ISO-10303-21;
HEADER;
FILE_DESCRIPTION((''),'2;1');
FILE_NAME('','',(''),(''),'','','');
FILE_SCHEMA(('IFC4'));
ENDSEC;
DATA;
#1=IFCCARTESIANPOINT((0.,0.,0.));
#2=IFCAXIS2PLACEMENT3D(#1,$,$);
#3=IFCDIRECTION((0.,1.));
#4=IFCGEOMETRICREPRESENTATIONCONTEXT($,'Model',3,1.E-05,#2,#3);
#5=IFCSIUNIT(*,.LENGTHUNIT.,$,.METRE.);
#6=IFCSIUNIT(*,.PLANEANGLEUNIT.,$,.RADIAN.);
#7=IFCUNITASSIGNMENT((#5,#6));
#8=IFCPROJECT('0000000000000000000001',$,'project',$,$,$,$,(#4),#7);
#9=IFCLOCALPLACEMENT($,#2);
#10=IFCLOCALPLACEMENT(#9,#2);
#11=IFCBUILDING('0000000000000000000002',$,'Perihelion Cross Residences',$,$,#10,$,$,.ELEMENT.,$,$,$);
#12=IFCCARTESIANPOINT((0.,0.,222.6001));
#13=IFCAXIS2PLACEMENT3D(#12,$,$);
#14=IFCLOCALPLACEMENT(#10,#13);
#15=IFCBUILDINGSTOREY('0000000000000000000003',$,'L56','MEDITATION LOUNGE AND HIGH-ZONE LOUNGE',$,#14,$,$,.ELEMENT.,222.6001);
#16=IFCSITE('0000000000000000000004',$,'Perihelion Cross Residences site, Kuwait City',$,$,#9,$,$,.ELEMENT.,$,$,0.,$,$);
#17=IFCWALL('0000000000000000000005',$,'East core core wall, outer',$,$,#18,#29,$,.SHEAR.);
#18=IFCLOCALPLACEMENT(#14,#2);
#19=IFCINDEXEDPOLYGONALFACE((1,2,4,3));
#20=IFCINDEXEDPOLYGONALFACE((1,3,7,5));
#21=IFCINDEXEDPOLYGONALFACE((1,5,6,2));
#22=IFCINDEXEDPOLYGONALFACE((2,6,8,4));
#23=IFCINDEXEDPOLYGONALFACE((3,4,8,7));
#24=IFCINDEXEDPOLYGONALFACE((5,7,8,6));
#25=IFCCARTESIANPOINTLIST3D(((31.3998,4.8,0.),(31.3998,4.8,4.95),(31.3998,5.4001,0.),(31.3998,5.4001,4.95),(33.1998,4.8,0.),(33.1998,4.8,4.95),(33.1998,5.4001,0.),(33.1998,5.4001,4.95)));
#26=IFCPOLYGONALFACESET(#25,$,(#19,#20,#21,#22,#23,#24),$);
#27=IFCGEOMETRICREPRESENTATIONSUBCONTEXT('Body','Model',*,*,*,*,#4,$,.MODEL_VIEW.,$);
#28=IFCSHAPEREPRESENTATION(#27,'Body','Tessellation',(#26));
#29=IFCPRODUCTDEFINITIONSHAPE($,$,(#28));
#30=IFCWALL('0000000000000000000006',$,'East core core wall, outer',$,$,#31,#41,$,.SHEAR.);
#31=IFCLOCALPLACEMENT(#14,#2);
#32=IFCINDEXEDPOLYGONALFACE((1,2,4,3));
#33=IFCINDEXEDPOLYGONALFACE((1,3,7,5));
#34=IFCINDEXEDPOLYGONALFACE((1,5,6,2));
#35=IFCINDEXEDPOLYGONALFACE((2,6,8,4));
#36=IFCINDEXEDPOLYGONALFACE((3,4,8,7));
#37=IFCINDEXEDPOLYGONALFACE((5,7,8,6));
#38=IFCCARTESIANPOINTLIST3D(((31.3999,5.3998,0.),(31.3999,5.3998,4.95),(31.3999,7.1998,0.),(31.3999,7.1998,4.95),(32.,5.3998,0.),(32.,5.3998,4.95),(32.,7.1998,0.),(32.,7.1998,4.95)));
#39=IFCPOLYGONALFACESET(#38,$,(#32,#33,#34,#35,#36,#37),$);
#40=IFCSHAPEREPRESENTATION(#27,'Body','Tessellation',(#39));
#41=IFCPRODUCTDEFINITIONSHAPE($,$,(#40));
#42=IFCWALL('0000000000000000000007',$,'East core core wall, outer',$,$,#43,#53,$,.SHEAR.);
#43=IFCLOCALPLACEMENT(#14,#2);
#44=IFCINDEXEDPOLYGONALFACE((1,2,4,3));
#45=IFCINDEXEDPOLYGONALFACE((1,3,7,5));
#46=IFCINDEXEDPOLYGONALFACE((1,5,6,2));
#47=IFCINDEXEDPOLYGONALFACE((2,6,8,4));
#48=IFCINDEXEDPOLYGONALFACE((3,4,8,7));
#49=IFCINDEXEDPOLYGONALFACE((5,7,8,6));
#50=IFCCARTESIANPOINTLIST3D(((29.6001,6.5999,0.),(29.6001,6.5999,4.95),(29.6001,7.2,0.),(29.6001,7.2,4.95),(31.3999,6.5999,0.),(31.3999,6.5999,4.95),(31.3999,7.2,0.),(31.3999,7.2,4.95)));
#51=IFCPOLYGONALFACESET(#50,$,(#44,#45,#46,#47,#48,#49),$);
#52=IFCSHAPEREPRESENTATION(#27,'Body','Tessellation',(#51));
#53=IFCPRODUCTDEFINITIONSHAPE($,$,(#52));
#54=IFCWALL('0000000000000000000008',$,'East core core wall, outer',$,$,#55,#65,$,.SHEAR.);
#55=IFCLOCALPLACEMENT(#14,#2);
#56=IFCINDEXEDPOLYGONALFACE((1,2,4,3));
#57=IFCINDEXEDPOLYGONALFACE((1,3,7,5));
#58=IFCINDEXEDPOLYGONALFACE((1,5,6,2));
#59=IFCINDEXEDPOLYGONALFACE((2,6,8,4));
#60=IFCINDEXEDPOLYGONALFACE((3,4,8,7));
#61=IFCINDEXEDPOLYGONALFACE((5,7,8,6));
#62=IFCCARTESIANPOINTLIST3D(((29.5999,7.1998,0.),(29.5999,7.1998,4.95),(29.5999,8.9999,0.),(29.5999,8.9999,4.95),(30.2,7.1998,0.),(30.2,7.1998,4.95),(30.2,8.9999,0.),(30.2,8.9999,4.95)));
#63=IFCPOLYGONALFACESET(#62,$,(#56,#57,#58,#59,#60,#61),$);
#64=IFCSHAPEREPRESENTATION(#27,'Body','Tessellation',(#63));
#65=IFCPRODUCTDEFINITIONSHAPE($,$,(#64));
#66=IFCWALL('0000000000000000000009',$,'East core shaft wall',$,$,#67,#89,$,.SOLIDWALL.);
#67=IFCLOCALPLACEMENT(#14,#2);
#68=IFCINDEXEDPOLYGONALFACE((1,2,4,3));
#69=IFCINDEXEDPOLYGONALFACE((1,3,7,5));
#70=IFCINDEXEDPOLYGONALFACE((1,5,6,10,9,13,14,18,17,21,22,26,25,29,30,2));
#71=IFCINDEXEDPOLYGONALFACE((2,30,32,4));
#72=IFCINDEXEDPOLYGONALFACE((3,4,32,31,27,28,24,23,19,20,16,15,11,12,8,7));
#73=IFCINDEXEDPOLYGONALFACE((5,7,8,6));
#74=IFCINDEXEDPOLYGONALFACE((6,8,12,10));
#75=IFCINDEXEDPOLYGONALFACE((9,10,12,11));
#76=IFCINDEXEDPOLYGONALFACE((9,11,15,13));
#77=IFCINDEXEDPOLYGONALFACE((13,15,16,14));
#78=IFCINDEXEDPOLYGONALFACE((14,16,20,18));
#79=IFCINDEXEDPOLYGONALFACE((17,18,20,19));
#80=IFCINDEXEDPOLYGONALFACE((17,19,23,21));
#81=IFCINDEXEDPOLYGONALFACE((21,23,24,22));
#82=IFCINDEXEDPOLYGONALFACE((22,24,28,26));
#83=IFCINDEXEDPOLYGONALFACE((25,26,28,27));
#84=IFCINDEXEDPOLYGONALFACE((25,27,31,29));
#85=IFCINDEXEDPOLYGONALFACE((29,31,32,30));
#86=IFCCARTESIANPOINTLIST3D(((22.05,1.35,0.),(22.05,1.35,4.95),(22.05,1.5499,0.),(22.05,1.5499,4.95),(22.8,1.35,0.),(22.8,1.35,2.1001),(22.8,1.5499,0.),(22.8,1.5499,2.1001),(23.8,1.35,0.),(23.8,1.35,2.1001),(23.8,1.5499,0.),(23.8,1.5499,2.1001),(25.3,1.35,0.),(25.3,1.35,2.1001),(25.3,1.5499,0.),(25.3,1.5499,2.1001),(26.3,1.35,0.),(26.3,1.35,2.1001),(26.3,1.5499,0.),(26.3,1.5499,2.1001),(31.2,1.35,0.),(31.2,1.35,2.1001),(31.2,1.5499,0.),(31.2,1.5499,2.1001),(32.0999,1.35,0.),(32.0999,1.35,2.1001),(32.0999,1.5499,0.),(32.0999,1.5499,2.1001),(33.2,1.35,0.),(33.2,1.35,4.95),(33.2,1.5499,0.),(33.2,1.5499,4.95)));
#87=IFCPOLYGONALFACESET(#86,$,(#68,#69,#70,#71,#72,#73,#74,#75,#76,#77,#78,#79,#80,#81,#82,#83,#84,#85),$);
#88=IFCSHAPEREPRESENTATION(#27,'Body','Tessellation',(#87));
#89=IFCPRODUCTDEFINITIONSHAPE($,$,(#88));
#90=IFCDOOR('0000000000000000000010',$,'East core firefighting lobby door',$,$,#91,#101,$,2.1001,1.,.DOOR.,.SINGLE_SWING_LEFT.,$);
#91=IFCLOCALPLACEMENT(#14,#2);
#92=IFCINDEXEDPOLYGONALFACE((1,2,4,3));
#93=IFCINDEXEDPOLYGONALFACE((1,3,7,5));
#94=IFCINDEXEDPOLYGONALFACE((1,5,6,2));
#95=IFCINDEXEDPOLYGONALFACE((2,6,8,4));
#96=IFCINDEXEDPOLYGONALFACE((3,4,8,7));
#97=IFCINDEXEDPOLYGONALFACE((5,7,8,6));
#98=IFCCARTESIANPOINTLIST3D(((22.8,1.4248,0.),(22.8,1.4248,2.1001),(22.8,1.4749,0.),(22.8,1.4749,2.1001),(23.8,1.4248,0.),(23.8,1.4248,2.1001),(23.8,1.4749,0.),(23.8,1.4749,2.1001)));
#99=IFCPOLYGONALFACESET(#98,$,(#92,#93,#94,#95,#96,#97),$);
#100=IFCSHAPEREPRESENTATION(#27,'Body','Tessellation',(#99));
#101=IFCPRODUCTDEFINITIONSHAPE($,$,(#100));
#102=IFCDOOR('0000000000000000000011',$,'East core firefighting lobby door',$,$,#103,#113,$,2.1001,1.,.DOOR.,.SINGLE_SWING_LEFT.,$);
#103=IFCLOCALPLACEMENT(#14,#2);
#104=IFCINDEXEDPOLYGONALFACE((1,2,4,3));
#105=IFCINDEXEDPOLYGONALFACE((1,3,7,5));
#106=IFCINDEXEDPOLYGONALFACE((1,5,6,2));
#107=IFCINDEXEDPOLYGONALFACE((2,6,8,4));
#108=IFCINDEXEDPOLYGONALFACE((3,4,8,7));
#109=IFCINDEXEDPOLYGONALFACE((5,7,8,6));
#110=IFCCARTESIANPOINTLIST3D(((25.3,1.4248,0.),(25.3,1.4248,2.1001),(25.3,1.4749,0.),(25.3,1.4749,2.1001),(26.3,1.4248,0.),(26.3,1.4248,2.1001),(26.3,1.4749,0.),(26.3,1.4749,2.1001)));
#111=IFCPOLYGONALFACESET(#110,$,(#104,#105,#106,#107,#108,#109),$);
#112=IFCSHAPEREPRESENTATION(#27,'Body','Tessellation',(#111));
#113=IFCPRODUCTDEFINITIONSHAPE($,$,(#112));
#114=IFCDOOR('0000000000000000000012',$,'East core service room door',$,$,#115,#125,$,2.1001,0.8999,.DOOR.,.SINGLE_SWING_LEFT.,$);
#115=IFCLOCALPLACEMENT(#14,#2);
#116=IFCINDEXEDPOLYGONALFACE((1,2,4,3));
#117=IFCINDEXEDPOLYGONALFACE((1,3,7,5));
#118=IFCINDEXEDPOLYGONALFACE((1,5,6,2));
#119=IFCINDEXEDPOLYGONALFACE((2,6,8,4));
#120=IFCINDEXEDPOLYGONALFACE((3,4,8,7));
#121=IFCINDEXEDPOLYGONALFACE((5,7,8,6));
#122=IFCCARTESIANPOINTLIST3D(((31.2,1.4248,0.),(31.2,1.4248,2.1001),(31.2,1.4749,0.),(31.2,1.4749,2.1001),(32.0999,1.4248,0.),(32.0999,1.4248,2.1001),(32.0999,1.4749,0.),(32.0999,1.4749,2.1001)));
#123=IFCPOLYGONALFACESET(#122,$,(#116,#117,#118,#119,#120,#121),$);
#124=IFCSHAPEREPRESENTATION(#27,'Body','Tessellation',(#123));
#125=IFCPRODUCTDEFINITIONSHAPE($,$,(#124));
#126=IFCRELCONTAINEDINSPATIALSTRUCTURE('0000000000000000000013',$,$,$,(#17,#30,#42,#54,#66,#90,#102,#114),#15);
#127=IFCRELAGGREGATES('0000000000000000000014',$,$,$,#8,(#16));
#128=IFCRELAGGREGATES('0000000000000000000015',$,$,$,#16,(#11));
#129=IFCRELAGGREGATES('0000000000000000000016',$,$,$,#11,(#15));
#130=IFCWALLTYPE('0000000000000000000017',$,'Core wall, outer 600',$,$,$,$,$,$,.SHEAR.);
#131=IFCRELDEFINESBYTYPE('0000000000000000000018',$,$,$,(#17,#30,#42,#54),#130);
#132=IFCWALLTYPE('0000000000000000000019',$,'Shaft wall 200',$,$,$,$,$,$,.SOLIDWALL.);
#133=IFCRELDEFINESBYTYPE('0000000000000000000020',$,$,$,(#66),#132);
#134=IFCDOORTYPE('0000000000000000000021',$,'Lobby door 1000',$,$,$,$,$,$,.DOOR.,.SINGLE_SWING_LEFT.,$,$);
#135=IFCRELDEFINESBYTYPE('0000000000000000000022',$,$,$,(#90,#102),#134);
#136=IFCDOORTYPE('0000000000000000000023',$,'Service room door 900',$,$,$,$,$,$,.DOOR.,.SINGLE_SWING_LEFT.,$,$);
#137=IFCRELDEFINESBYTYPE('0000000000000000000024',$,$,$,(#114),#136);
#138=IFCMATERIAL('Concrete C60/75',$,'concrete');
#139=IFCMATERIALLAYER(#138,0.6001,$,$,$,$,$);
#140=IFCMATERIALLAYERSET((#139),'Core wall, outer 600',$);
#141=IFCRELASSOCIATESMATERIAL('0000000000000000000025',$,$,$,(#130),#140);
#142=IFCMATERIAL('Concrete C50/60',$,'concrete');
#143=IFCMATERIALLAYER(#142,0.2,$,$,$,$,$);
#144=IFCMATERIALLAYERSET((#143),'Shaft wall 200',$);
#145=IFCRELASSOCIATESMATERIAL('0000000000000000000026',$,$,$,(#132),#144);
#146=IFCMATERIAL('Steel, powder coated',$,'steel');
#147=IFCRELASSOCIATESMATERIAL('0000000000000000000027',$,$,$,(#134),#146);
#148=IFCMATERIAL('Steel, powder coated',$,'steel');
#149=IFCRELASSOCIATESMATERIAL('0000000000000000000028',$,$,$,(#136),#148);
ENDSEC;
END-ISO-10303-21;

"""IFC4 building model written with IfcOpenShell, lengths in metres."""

from ifc_helpers import new_model, si_unit, direction, frame, frame_2d, origin, place, context, subcontext, project, spatial, rectangle, extrude, material, layer, layer_set, type_object, element, fill, save


model = new_model("IFC4")

# Units and contexts
model_context = context("Model", 3, precision=1e-05, world=origin(), true_north=direction((0.0, 1.0)))
body_context = subcontext(model_context, "Body", "Model", "MODEL_VIEW")
ifc_project = project(units=[si_unit("LENGTHUNIT", "METRE"), si_unit("PLANEANGLEUNIT", "RADIAN")], contexts=[model_context])

# Site, building, storey
site_placement = place(None, origin())
site = spatial("IfcSite", under=ifc_project, at=site_placement, Name="Perihelion Cross Residences site, Kuwait City", CompositionType="ELEMENT", RefElevation=0.0)
building_placement = place(site_placement, origin())
building = spatial("IfcBuilding", under=site, at=building_placement, Name="Perihelion Cross Residences", CompositionType="ELEMENT")
storey_placement = place(building_placement, frame((0.0, 0.0, 222.6001)))
storey = spatial("IfcBuildingStorey", under=building, at=storey_placement, Name="L56", Description="MEDITATION LOUNGE AND HIGH-ZONE LOUNGE", CompositionType="ELEMENT", Elevation=222.6001)

# Walls
ifc_material_1 = material(Name="Concrete C60/75", Category="concrete")
ifc_layer_1 = layer(ifc_material_1, 0.6001)
ifc_layer_set_1 = layer_set([ifc_layer_1], Name="Core wall, outer 600")
wall_type_1 = type_object("IfcWallType", Name="Core wall, outer 600", PredefinedType="SHEAR", material=ifc_layer_set_1)
for number, where, z_axis, x_axis, name in (
    (1, (31.3999, 5.1001, 0.0), (0.0, 0.0, 1.0), (1.0, 0.0, 0.0), "East core core wall, outer"),
    (2, (31.7, 5.3999, 0.0), (0.0, 0.0, 1.0), (0.0, 1.0, 0.0), "East core core wall, outer"),
):
    element("IfcWall", number, at=place(storey_placement, frame(where, z_axis=z_axis, x_axis=x_axis)), inside=storey, type_object=wall_type_1, Name=name, PredefinedType="SHEAR", context=body_context, shape_type="SweptSolid", body=[
        extrude(rectangle(XDim=1.8, YDim=0.6001, at=frame_2d((0.8999, 0.0))), origin(), (0.0, 0.0, 1.0), 4.95),
    ])
wall_1_placement = place(storey_placement, frame((29.6001, 6.8999, 0.0), z_axis=(0.0, 0.0, 1.0), x_axis=(1.0, 0.0, 0.0)))
element("IfcWall", 3, at=wall_1_placement, inside=storey, type_object=wall_type_1, Name="East core core wall, outer", PredefinedType="SHEAR", context=body_context, shape_type="SweptSolid", body=[
    extrude(rectangle(XDim=1.7998, YDim=0.6001, at=frame_2d((0.8999, 0.0))), origin(), (0.0, 0.0, 1.0), 4.95),
])
wall_2_placement = place(storey_placement, frame((29.8999, 7.2, 0.0), z_axis=(0.0, 0.0, 1.0), x_axis=(0.0, 1.0, 0.0)))
element("IfcWall", 4, at=wall_2_placement, inside=storey, type_object=wall_type_1, Name="East core core wall, outer", PredefinedType="SHEAR", context=body_context, shape_type="SweptSolid", body=[
    extrude(rectangle(XDim=1.8, YDim=0.6001, at=frame_2d((0.8999, 0.0))), origin(), (0.0, 0.0, 1.0), 4.95),
])

# Wall, openings, doors
ifc_material_2 = material(Name="Concrete C50/60", Category="concrete")
ifc_layer_2 = layer(ifc_material_2, 0.2)
ifc_layer_set_2 = layer_set([ifc_layer_2], Name="Shaft wall 200")
wall_type_2 = type_object("IfcWallType", Name="Shaft wall 200", PredefinedType="SOLIDWALL", material=ifc_layer_set_2)
wall_3_placement = place(storey_placement, frame((22.05, 1.45, 0.0), z_axis=(0.0, 0.0, 1.0), x_axis=(1.0, 0.0, 0.0)))
wall_3 = element("IfcWall", 5, at=wall_3_placement, inside=storey, type_object=wall_type_2, Name="East core shaft wall", PredefinedType="SOLIDWALL", context=body_context, shape_type="SweptSolid", body=[
    extrude(rectangle(XDim=11.1499, YDim=0.2, at=frame_2d((5.575, 0.0))), origin(), (0.0, 0.0, 1.0), 4.95),
])
opening_1_placement = place(wall_3_placement, frame((0.75, 0.0, 0.0)))
opening_1 = element("IfcOpeningElement", 6, at=opening_1_placement, cuts=wall_3, PredefinedType="OPENING", context=body_context, shape_type="SweptSolid", body=[
    extrude(rectangle(XDim=1.0, YDim=2.1001, at=frame_2d((0.5, 1.05))), frame((0.0, 0.1099, 0.0), z_axis=(0.0, -1.0, 0.0), x_axis=(1.0, 0.0, 0.0)), (0.0, 0.0, 1.0), 0.22),
])
opening_2_placement = place(wall_3_placement, frame((3.25, 0.0, 0.0)))
opening_2 = element("IfcOpeningElement", 7, at=opening_2_placement, cuts=wall_3, PredefinedType="OPENING", context=body_context, shape_type="SweptSolid", body=[
    extrude(rectangle(XDim=1.0, YDim=2.1001, at=frame_2d((0.5, 1.05))), frame((0.0, 0.1099, 0.0), z_axis=(0.0, -1.0, 0.0), x_axis=(1.0, 0.0, 0.0)), (0.0, 0.0, 1.0), 0.22),
])
opening_3_placement = place(wall_3_placement, frame((9.1499, 0.0, 0.0)))
opening_3 = element("IfcOpeningElement", 8, at=opening_3_placement, cuts=wall_3, PredefinedType="OPENING", context=body_context, shape_type="SweptSolid", body=[
    extrude(rectangle(XDim=0.8999, YDim=2.1001, at=frame_2d((0.45, 1.05))), frame((0.0, 0.1099, 0.0), z_axis=(0.0, -1.0, 0.0), x_axis=(1.0, 0.0, 0.0)), (0.0, 0.0, 1.0), 0.22),
])
ifc_material_3 = material(Name="Steel, powder coated", Category="steel")
door_type_1 = type_object("IfcDoorType", Name="Lobby door 1000", OperationType="SINGLE_SWING_LEFT", PredefinedType="DOOR", material=ifc_material_3)
door_1_placement = place(opening_1_placement, origin())
door_1 = element("IfcDoor", 9, at=door_1_placement, inside=storey, type_object=door_type_1, Name="East core firefighting lobby door", OperationType="SINGLE_SWING_LEFT", OverallHeight=2.1001, OverallWidth=1.0, PredefinedType="DOOR", context=body_context, shape_type="SweptSolid", body=[
    extrude(rectangle(XDim=1.0, YDim=2.1001, at=frame_2d((0.5, 1.05))), frame((0.0, 0.0249, 0.0), z_axis=(0.0, -1.0, 0.0), x_axis=(1.0, 0.0, 0.0)), (0.0, 0.0, 1.0), 0.05),
])
fill(opening_1, door_1)
door_2_placement = place(opening_2_placement, origin())
door_2 = element("IfcDoor", 10, at=door_2_placement, inside=storey, type_object=door_type_1, Name="East core firefighting lobby door", OperationType="SINGLE_SWING_LEFT", OverallHeight=2.1001, OverallWidth=1.0, PredefinedType="DOOR", context=body_context, shape_type="SweptSolid", body=[
    extrude(rectangle(XDim=1.0, YDim=2.1001, at=frame_2d((0.5, 1.05))), frame((0.0, 0.0249, 0.0), z_axis=(0.0, -1.0, 0.0), x_axis=(1.0, 0.0, 0.0)), (0.0, 0.0, 1.0), 0.05),
])
fill(opening_2, door_2)
ifc_material_4 = material(Name="Steel, powder coated", Category="steel")
door_type_2 = type_object("IfcDoorType", Name="Service room door 900", OperationType="SINGLE_SWING_LEFT", PredefinedType="DOOR", material=ifc_material_4)
door_3_placement = place(opening_3_placement, origin())
door_3 = element("IfcDoor", 11, at=door_3_placement, inside=storey, type_object=door_type_2, Name="East core service room door", OperationType="SINGLE_SWING_LEFT", OverallHeight=2.1001, OverallWidth=0.8999, PredefinedType="DOOR", context=body_context, shape_type="SweptSolid", body=[
    extrude(rectangle(XDim=0.8999, YDim=2.1001, at=frame_2d((0.45, 1.05))), frame((0.0, 0.0249, 0.0), z_axis=(0.0, -1.0, 0.0), x_axis=(1.0, 0.0, 0.0)), (0.0, 0.0, 1.0), 0.05),
])
fill(opening_3, door_3)

save(model, "model.ifc")
